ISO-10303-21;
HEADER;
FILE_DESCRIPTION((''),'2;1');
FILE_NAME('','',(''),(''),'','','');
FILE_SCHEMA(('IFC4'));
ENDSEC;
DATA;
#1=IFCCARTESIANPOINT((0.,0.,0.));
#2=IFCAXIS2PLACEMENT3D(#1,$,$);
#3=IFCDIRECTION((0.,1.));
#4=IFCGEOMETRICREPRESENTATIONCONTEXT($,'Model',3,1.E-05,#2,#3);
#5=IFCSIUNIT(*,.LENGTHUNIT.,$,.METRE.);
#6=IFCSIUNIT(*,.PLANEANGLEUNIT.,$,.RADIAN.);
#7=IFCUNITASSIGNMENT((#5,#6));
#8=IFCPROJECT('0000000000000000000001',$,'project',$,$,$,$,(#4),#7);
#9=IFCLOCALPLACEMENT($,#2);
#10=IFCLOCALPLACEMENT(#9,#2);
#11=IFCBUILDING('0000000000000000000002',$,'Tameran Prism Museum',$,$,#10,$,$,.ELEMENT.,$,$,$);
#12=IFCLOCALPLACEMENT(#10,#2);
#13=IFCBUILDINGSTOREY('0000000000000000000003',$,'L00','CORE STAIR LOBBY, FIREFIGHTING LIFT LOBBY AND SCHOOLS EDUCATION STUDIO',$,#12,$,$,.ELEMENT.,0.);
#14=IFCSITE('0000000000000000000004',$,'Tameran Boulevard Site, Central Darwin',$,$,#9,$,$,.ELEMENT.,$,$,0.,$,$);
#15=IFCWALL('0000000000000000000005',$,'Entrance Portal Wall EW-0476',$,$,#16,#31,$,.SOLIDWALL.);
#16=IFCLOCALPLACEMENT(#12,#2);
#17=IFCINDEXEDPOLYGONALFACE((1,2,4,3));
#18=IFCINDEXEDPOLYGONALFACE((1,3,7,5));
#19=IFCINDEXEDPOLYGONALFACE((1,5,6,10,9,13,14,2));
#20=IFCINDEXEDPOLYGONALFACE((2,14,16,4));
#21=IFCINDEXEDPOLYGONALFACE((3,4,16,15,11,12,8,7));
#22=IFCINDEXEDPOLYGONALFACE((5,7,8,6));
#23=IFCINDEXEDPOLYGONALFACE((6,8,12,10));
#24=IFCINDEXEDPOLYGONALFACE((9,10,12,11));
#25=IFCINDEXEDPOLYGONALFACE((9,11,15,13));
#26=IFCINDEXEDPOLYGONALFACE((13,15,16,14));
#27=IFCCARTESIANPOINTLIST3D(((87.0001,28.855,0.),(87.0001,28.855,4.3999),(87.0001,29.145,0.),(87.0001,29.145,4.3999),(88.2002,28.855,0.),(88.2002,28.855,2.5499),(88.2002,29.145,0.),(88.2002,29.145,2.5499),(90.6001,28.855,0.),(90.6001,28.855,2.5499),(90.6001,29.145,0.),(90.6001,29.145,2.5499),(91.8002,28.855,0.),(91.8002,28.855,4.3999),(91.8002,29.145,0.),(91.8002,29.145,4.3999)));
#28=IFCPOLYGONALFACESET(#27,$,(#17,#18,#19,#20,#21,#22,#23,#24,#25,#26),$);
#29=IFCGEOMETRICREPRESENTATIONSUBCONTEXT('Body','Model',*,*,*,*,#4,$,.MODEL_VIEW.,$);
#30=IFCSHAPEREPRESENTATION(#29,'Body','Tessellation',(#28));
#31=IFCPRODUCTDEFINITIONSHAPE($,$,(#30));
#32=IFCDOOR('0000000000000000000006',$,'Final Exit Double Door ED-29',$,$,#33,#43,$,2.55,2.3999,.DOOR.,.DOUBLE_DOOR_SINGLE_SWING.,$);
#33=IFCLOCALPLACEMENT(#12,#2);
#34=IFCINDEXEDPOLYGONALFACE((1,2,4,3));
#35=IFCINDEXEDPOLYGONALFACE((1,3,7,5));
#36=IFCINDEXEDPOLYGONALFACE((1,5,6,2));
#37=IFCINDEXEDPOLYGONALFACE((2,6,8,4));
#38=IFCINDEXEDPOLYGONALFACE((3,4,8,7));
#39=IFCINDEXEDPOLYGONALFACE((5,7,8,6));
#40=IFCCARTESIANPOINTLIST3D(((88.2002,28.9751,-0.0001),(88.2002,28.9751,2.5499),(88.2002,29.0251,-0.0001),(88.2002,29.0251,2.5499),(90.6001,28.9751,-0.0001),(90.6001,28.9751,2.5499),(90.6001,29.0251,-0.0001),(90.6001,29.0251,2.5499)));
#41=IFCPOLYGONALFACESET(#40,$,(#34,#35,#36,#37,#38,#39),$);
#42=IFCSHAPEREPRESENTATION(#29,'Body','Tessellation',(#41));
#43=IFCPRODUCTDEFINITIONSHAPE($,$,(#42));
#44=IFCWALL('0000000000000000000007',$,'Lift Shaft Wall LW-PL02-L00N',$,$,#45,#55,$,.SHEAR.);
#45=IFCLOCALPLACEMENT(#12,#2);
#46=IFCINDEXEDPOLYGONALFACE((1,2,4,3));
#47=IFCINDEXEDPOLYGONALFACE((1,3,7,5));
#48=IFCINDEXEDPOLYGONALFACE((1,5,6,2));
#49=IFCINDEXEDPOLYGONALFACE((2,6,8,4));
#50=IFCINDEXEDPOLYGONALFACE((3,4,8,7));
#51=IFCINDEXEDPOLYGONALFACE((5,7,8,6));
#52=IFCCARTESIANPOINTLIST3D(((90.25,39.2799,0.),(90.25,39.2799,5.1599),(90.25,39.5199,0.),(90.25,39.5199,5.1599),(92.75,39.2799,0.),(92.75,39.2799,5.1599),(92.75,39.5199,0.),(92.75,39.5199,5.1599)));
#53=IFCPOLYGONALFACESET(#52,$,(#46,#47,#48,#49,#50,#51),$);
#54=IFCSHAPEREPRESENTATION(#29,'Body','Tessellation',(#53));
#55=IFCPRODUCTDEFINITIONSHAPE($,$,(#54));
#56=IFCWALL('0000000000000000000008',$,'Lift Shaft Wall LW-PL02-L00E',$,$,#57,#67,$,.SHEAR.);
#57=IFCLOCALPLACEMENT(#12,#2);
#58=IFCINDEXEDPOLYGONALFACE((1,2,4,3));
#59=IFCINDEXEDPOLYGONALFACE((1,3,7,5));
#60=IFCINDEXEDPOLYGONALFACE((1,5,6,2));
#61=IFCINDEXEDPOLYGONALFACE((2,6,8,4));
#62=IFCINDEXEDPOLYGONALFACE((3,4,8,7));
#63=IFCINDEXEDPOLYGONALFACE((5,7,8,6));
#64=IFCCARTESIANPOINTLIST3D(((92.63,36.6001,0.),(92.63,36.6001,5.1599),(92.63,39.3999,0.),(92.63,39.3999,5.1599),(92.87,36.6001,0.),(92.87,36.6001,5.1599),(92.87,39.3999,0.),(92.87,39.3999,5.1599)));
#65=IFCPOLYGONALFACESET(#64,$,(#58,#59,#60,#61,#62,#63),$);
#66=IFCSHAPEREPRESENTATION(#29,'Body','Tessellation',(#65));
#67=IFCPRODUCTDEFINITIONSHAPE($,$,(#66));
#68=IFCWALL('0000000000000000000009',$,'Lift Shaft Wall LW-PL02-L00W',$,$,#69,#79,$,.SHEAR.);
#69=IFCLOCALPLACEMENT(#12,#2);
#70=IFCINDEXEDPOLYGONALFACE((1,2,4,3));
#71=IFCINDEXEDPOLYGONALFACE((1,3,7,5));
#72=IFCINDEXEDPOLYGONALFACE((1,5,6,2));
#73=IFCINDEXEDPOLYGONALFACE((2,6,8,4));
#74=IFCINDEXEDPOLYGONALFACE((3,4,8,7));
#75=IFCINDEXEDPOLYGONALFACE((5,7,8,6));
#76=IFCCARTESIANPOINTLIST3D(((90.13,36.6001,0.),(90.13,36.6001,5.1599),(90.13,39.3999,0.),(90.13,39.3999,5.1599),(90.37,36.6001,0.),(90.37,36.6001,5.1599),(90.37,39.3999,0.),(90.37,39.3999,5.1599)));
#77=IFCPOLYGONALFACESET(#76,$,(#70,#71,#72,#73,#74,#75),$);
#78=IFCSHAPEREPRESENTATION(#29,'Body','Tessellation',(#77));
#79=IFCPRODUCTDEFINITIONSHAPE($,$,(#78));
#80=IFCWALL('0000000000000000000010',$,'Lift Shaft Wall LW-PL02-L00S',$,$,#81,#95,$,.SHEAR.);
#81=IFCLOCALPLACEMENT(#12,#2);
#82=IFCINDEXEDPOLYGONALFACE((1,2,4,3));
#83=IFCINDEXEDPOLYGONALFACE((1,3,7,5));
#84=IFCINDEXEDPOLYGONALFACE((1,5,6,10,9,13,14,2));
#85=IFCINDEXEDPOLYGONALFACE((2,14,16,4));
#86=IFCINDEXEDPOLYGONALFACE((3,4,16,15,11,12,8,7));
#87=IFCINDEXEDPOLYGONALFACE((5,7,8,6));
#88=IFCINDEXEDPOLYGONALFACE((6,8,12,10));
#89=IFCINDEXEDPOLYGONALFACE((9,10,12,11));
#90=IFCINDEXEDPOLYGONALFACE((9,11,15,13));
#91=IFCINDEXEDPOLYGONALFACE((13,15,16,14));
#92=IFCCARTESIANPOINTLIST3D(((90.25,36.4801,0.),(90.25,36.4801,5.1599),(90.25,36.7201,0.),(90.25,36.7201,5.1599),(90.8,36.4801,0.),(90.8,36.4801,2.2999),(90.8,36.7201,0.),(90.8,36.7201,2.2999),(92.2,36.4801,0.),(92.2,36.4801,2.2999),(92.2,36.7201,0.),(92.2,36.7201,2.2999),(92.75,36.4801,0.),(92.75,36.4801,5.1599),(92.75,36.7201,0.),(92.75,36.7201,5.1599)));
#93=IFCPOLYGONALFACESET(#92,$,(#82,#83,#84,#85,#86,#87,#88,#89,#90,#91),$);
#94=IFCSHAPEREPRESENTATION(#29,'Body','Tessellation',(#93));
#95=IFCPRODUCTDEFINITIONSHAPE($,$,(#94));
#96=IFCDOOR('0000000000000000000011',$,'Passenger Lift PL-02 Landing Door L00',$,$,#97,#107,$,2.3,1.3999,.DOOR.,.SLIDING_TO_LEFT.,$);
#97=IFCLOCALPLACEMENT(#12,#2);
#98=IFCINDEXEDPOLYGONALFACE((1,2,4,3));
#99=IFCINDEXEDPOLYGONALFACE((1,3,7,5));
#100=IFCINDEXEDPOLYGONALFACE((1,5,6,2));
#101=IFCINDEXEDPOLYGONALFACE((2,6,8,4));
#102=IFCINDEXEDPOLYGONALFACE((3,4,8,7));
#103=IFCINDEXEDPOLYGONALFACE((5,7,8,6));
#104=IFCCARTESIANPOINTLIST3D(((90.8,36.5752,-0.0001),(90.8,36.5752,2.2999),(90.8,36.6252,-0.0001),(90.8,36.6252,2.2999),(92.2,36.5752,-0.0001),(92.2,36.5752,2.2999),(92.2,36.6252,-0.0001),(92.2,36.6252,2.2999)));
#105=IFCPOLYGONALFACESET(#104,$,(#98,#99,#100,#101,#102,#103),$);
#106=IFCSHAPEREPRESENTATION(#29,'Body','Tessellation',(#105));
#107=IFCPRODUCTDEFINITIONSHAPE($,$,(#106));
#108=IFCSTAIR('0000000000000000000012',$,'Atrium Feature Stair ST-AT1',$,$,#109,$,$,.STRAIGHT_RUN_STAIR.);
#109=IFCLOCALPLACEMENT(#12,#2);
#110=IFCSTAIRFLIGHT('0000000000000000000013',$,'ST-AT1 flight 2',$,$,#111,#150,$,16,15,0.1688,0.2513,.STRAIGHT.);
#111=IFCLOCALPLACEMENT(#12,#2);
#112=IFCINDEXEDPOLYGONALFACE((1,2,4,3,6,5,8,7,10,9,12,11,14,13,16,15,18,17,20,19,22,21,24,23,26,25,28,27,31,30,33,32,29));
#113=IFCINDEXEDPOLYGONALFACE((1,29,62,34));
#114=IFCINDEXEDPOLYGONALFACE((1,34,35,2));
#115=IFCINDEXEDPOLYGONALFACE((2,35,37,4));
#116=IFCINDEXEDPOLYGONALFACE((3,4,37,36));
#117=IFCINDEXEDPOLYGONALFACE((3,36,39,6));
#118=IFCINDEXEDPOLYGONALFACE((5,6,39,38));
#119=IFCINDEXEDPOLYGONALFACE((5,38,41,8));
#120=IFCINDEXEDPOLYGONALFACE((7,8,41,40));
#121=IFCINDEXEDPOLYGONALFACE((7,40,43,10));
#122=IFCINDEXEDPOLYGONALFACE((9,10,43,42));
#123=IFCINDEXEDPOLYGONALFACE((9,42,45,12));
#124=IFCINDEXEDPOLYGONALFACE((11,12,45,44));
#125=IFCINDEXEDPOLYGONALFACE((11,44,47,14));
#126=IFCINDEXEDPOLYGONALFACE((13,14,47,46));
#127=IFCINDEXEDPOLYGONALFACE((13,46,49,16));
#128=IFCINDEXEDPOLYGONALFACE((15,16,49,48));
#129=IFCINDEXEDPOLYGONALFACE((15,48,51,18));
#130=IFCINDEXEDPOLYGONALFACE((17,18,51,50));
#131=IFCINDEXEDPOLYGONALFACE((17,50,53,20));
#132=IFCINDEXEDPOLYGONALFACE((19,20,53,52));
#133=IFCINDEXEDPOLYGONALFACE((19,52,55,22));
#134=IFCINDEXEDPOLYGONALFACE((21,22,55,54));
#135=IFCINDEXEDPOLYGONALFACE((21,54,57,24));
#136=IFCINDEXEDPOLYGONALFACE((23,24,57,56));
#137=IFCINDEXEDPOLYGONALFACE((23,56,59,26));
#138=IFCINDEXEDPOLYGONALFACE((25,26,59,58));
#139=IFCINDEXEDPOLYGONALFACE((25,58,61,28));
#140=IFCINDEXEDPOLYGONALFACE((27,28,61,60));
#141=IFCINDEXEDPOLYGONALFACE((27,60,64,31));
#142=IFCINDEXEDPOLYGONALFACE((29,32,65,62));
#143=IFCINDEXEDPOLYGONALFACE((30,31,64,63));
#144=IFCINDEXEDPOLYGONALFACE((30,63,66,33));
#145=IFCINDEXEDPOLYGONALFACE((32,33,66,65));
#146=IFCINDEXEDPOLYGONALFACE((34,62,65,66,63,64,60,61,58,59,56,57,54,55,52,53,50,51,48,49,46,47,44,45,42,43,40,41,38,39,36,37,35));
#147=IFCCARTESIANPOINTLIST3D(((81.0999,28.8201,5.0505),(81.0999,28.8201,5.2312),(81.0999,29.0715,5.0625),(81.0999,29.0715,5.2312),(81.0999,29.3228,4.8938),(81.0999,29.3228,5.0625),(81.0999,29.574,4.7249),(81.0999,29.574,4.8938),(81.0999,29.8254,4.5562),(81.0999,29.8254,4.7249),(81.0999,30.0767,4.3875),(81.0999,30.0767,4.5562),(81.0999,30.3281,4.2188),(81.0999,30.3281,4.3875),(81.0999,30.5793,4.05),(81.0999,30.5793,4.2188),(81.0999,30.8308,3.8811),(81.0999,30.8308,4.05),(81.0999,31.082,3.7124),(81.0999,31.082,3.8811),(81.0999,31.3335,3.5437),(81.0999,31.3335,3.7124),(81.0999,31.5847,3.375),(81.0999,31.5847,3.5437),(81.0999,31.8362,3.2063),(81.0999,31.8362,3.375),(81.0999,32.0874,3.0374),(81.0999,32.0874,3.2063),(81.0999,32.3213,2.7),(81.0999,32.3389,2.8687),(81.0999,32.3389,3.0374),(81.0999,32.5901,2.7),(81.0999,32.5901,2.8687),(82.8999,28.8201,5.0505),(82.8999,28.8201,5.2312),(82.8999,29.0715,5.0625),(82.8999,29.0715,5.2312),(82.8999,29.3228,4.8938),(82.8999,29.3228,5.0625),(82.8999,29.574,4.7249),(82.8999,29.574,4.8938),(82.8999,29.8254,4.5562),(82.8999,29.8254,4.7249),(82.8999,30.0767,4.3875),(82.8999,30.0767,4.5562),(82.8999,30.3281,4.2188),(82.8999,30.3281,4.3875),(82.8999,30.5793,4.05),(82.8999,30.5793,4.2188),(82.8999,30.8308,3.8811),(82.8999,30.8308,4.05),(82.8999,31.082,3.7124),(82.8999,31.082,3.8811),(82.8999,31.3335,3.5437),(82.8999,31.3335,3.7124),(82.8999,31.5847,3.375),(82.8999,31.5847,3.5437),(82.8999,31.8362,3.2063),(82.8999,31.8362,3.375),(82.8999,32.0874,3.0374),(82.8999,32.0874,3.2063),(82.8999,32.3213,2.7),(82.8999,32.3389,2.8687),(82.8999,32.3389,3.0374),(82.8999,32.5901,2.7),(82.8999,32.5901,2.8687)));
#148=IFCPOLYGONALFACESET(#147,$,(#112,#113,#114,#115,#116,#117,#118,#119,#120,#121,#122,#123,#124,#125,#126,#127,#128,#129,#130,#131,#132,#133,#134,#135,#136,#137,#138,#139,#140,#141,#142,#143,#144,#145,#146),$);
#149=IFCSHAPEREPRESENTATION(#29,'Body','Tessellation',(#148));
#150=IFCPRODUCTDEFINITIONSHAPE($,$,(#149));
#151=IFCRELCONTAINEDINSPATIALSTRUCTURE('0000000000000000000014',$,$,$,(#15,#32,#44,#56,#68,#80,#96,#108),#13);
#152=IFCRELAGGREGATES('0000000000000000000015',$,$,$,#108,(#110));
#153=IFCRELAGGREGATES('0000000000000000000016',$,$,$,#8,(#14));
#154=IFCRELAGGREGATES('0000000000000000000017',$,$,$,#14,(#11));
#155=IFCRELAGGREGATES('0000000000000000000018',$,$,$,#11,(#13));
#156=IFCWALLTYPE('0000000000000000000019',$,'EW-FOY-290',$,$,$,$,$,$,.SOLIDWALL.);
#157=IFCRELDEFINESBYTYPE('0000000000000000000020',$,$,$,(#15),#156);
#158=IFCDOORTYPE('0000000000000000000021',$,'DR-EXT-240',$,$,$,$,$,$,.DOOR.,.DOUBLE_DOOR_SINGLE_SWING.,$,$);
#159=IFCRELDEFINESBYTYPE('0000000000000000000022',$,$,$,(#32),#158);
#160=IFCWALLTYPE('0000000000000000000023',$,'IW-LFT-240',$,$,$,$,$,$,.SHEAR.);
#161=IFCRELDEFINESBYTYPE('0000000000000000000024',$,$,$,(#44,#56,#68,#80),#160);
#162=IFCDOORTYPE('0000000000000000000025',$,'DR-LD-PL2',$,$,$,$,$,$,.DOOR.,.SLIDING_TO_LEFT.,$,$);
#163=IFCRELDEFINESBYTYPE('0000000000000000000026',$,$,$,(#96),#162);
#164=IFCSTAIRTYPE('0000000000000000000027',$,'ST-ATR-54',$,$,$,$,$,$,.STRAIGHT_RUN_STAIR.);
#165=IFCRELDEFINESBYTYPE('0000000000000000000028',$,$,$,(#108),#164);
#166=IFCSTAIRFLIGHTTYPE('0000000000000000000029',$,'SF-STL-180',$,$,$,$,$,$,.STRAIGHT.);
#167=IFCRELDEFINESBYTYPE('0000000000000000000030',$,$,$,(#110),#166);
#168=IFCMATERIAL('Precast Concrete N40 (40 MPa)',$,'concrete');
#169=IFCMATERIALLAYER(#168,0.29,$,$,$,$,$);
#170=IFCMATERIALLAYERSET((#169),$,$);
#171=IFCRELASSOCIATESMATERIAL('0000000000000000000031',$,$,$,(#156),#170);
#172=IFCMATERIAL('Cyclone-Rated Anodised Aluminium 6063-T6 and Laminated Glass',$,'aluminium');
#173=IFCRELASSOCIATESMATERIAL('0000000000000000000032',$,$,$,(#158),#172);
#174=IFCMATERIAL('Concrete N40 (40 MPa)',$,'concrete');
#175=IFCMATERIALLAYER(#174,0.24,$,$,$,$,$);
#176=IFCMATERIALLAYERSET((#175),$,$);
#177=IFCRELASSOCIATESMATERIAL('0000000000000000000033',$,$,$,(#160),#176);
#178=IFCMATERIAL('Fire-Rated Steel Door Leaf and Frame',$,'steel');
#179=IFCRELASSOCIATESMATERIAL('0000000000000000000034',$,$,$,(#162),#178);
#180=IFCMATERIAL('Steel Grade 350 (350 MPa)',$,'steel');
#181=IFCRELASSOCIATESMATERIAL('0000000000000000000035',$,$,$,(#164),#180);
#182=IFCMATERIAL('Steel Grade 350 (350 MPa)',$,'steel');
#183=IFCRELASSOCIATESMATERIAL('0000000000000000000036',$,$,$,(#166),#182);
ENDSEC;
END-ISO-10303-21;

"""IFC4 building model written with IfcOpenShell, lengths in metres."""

from ifc_helpers import new_model, si_unit, direction, frame, frame_2d, origin, place, context, subcontext, project, spatial, polyline, rectangle, outline, extrude, material, layer, layer_set, type_object, element, fill, aggregate, save


model = new_model("IFC4")

# Units and contexts
model_context = context("Model", 3, precision=1e-05, world=origin(), true_north=direction((0.0, 1.0)))
body_context = subcontext(model_context, "Body", "Model", "MODEL_VIEW")
ifc_project = project(units=[si_unit("LENGTHUNIT", "METRE"), si_unit("PLANEANGLEUNIT", "RADIAN")], contexts=[model_context])

# Site, building, storey
site_placement = place(None, origin())
site = spatial("IfcSite", under=ifc_project, at=site_placement, Name="Tameran Boulevard Site, Central Darwin", CompositionType="ELEMENT", RefElevation=0.0)
building_placement = place(site_placement, origin())
building = spatial("IfcBuilding", under=site, at=building_placement, Name="Tameran Prism Museum", CompositionType="ELEMENT")
storey_placement = place(building_placement, origin())
storey = spatial("IfcBuildingStorey", under=building, at=storey_placement, Name="L00", Description="CORE STAIR LOBBY, FIREFIGHTING LIFT LOBBY AND SCHOOLS EDUCATION STUDIO", CompositionType="ELEMENT", Elevation=0.0)

# Wall, opening, door
ifc_material_1 = material(Name="Precast Concrete N40 (40 MPa)", Category="concrete")
ifc_layer_1 = layer(ifc_material_1, 0.29)
ifc_layer_set_1 = layer_set([ifc_layer_1])
wall_type_1 = type_object("IfcWallType", Name="EW-FOY-290", PredefinedType="SOLIDWALL", material=ifc_layer_set_1)
wall_1_placement = place(storey_placement, frame((91.8, 29.0, 0.0), z_axis=(0.0, 0.0, 1.0), x_axis=(-1.0, 0.0, 0.0)))
wall_1 = element("IfcWall", 1, at=wall_1_placement, inside=storey, type_object=wall_type_1, Name="Entrance Portal Wall EW-0476", PredefinedType="SOLIDWALL", context=body_context, shape_type="SweptSolid", body=[
    extrude(rectangle(XDim=4.8, YDim=0.29, at=frame_2d((2.3999, 0.0))), origin(), (0.0, 0.0, 1.0), 4.3999),
])
opening_1_placement = place(wall_1_placement, frame((1.2, 0.0, 0.0)))
opening_1 = element("IfcOpeningElement", 2, at=opening_1_placement, cuts=wall_1, PredefinedType="OPENING", context=body_context, shape_type="SweptSolid", body=[
    extrude(rectangle(XDim=2.3999, YDim=2.55, at=frame_2d((1.2, 1.2749))), frame((0.0, 0.155, 0.0), z_axis=(0.0, -1.0, 0.0), x_axis=(1.0, 0.0, 0.0)), (0.0, 0.0, 1.0), 0.3101),
])
ifc_material_2 = material(Name="Cyclone-Rated Anodised Aluminium 6063-T6 and Laminated Glass", Category="aluminium")
door_type_1 = type_object("IfcDoorType", Name="DR-EXT-240", OperationType="DOUBLE_DOOR_SINGLE_SWING", PredefinedType="DOOR", material=ifc_material_2)
door_1_placement = place(opening_1_placement, origin())
door_1 = element("IfcDoor", 3, at=door_1_placement, inside=storey, type_object=door_type_1, Name="Final Exit Double Door ED-29", OperationType="DOUBLE_DOOR_SINGLE_SWING", OverallHeight=2.55, OverallWidth=2.3999, PredefinedType="DOOR", context=body_context, shape_type="SweptSolid", body=[
    extrude(rectangle(XDim=2.3999, YDim=2.55, at=frame_2d((1.2, 1.2749))), frame((0.0, 0.0249, 0.0), z_axis=(0.0, -1.0, 0.0), x_axis=(1.0, 0.0, 0.0)), (0.0, 0.0, 1.0), 0.05),
])
fill(opening_1, door_1)

# Walls
ifc_material_3 = material(Name="Concrete N40 (40 MPa)", Category="concrete")
ifc_layer_2 = layer(ifc_material_3, 0.24)
ifc_layer_set_2 = layer_set([ifc_layer_2])
wall_type_2 = type_object("IfcWallType", Name="IW-LFT-240", PredefinedType="SHEAR", material=ifc_layer_set_2)
wall_2_placement = place(storey_placement, frame((90.25, 39.3999, 0.0), z_axis=(0.0, 0.0, 1.0), x_axis=(1.0, 0.0, 0.0)))
element("IfcWall", 4, at=wall_2_placement, inside=storey, type_object=wall_type_2, Name="Lift Shaft Wall LW-PL02-L00N", PredefinedType="SHEAR", context=body_context, shape_type="SweptSolid", body=[
    extrude(rectangle(XDim=2.5, YDim=0.24, at=frame_2d((1.25, 0.0))), origin(), (0.0, 0.0, 1.0), 5.1599),
])
for number, where, z_axis, x_axis, name in (
    (5, (92.75, 39.3999, 0.0), (0.0, 0.0, 1.0), (0.0, -1.0, 0.0), "Lift Shaft Wall LW-PL02-L00E"),
    (6, (90.25, 36.6001, 0.0), (0.0, 0.0, 1.0), (0.0, 1.0, 0.0), "Lift Shaft Wall LW-PL02-L00W"),
):
    element("IfcWall", number, at=place(storey_placement, frame(where, z_axis=z_axis, x_axis=x_axis)), inside=storey, type_object=wall_type_2, Name=name, PredefinedType="SHEAR", context=body_context, shape_type="SweptSolid", body=[
        extrude(rectangle(XDim=2.7998, YDim=0.24, at=frame_2d((1.3999, 0.0))), origin(), (0.0, 0.0, 1.0), 5.1599),
    ])

# Wall, opening, door
wall_3_placement = place(storey_placement, frame((92.75, 36.6001, 0.0), z_axis=(0.0, 0.0, 1.0), x_axis=(-1.0, 0.0, 0.0)))
wall_3 = element("IfcWall", 7, at=wall_3_placement, inside=storey, type_object=wall_type_2, Name="Lift Shaft Wall LW-PL02-L00S", PredefinedType="SHEAR", context=body_context, shape_type="SweptSolid", body=[
    extrude(rectangle(XDim=2.5, YDim=0.24, at=frame_2d((1.25, 0.0))), origin(), (0.0, 0.0, 1.0), 5.1599),
])
opening_2_placement = place(wall_3_placement, frame((0.55, 0.0, 0.0)))
opening_2 = element("IfcOpeningElement", 8, at=opening_2_placement, cuts=wall_3, PredefinedType="OPENING", context=body_context, shape_type="SweptSolid", body=[
    extrude(rectangle(XDim=1.3999, YDim=2.3, at=frame_2d((0.7, 1.1499))), frame((0.0, 0.1299, 0.0), z_axis=(0.0, -1.0, 0.0), x_axis=(1.0, 0.0, 0.0)), (0.0, 0.0, 1.0), 0.26),
])
ifc_material_4 = material(Name="Fire-Rated Steel Door Leaf and Frame", Category="steel")
door_type_2 = type_object("IfcDoorType", Name="DR-LD-PL2", OperationType="SLIDING_TO_LEFT", PredefinedType="DOOR", material=ifc_material_4)
door_2_placement = place(opening_2_placement, origin())
door_2 = element("IfcDoor", 9, at=door_2_placement, inside=storey, type_object=door_type_2, Name="Passenger Lift PL-02 Landing Door L00", OperationType="SLIDING_TO_LEFT", OverallHeight=2.3, OverallWidth=1.3999, PredefinedType="DOOR", context=body_context, shape_type="SweptSolid", body=[
    extrude(rectangle(XDim=1.3999, YDim=2.3, at=frame_2d((0.7, 1.1499))), frame((0.0, 0.0249, 0.0), z_axis=(0.0, -1.0, 0.0), x_axis=(1.0, 0.0, 0.0)), (0.0, 0.0, 1.0), 0.05),
])
fill(opening_2, door_2)

# Stair, stair flight
ifc_material_5 = material(Name="Steel Grade 350 (350 MPa)", Category="steel")
stair_type = type_object("IfcStairType", Name="ST-ATR-54", PredefinedType="STRAIGHT_RUN_STAIR", material=ifc_material_5)
stair_placement = place(storey_placement, origin())
stair = element("IfcStair", 10, at=stair_placement, inside=storey, type_object=stair_type, Name="Atrium Feature Stair ST-AT1", PredefinedType="STRAIGHT_RUN_STAIR")
ifc_material_6 = material(Name="Steel Grade 350 (350 MPa)", Category="steel")
stair_flight_type = type_object("IfcStairFlightType", Name="SF-STL-180", PredefinedType="STRAIGHT", material=ifc_material_6)
stair_flight_placement = place(storey_placement, frame((82.0, 32.5901, 2.7), z_axis=(0.0, 0.0, 1.0), x_axis=(0.0, -1.0, 0.0)))
stair_flight = element("IfcStairFlight", 11, at=stair_flight_placement, type_object=stair_flight_type, Name="ST-AT1 flight 2", NumberOfRisers=16, NumberOfTreads=15, PredefinedType="STRAIGHT", RiserHeight=0.1688, TreadLength=0.2513, context=body_context, shape_type="SweptSolid", body=[
    extrude(outline(polyline([(0.0, 0.0), (0.0, 0.1687), (0.2512, 0.1687), (0.2512, 0.3374), (0.5027, 0.3374), (0.5027, 0.5063), (0.7539, 0.5063), (0.7539, 0.675), (1.0054, 0.675), (1.0054, 0.8438), (1.2566, 0.8438), (1.2566, 1.0125), (1.5081, 1.0125), (1.5081, 1.1812), (1.7593, 1.1812), (1.7593, 1.3501), (2.0107, 1.3501), (2.0107, 1.5188), (2.262, 1.5188), (2.262, 1.6875), (2.5134, 1.6875), (2.5134, 1.8562), (2.7646, 1.8562), (2.7646, 2.0249), (3.0161, 2.0249), (3.0161, 2.1938), (3.2673, 2.1938), (3.2673, 2.3625), (3.5186, 2.3625), (3.5186, 2.5312), (3.77, 2.5312), (3.77, 2.7), (3.77, 2.3506), (0.2688, 0.0), (0.0, 0.0)])), frame((0.0, 0.8999, 0.0), z_axis=(0.0, -1.0, 0.0), x_axis=(1.0, 0.0, 0.0)), (0.0, 0.0, 1.0), 1.8),
])
aggregate(stair, [stair_flight])

save(model, "model.ifc")
